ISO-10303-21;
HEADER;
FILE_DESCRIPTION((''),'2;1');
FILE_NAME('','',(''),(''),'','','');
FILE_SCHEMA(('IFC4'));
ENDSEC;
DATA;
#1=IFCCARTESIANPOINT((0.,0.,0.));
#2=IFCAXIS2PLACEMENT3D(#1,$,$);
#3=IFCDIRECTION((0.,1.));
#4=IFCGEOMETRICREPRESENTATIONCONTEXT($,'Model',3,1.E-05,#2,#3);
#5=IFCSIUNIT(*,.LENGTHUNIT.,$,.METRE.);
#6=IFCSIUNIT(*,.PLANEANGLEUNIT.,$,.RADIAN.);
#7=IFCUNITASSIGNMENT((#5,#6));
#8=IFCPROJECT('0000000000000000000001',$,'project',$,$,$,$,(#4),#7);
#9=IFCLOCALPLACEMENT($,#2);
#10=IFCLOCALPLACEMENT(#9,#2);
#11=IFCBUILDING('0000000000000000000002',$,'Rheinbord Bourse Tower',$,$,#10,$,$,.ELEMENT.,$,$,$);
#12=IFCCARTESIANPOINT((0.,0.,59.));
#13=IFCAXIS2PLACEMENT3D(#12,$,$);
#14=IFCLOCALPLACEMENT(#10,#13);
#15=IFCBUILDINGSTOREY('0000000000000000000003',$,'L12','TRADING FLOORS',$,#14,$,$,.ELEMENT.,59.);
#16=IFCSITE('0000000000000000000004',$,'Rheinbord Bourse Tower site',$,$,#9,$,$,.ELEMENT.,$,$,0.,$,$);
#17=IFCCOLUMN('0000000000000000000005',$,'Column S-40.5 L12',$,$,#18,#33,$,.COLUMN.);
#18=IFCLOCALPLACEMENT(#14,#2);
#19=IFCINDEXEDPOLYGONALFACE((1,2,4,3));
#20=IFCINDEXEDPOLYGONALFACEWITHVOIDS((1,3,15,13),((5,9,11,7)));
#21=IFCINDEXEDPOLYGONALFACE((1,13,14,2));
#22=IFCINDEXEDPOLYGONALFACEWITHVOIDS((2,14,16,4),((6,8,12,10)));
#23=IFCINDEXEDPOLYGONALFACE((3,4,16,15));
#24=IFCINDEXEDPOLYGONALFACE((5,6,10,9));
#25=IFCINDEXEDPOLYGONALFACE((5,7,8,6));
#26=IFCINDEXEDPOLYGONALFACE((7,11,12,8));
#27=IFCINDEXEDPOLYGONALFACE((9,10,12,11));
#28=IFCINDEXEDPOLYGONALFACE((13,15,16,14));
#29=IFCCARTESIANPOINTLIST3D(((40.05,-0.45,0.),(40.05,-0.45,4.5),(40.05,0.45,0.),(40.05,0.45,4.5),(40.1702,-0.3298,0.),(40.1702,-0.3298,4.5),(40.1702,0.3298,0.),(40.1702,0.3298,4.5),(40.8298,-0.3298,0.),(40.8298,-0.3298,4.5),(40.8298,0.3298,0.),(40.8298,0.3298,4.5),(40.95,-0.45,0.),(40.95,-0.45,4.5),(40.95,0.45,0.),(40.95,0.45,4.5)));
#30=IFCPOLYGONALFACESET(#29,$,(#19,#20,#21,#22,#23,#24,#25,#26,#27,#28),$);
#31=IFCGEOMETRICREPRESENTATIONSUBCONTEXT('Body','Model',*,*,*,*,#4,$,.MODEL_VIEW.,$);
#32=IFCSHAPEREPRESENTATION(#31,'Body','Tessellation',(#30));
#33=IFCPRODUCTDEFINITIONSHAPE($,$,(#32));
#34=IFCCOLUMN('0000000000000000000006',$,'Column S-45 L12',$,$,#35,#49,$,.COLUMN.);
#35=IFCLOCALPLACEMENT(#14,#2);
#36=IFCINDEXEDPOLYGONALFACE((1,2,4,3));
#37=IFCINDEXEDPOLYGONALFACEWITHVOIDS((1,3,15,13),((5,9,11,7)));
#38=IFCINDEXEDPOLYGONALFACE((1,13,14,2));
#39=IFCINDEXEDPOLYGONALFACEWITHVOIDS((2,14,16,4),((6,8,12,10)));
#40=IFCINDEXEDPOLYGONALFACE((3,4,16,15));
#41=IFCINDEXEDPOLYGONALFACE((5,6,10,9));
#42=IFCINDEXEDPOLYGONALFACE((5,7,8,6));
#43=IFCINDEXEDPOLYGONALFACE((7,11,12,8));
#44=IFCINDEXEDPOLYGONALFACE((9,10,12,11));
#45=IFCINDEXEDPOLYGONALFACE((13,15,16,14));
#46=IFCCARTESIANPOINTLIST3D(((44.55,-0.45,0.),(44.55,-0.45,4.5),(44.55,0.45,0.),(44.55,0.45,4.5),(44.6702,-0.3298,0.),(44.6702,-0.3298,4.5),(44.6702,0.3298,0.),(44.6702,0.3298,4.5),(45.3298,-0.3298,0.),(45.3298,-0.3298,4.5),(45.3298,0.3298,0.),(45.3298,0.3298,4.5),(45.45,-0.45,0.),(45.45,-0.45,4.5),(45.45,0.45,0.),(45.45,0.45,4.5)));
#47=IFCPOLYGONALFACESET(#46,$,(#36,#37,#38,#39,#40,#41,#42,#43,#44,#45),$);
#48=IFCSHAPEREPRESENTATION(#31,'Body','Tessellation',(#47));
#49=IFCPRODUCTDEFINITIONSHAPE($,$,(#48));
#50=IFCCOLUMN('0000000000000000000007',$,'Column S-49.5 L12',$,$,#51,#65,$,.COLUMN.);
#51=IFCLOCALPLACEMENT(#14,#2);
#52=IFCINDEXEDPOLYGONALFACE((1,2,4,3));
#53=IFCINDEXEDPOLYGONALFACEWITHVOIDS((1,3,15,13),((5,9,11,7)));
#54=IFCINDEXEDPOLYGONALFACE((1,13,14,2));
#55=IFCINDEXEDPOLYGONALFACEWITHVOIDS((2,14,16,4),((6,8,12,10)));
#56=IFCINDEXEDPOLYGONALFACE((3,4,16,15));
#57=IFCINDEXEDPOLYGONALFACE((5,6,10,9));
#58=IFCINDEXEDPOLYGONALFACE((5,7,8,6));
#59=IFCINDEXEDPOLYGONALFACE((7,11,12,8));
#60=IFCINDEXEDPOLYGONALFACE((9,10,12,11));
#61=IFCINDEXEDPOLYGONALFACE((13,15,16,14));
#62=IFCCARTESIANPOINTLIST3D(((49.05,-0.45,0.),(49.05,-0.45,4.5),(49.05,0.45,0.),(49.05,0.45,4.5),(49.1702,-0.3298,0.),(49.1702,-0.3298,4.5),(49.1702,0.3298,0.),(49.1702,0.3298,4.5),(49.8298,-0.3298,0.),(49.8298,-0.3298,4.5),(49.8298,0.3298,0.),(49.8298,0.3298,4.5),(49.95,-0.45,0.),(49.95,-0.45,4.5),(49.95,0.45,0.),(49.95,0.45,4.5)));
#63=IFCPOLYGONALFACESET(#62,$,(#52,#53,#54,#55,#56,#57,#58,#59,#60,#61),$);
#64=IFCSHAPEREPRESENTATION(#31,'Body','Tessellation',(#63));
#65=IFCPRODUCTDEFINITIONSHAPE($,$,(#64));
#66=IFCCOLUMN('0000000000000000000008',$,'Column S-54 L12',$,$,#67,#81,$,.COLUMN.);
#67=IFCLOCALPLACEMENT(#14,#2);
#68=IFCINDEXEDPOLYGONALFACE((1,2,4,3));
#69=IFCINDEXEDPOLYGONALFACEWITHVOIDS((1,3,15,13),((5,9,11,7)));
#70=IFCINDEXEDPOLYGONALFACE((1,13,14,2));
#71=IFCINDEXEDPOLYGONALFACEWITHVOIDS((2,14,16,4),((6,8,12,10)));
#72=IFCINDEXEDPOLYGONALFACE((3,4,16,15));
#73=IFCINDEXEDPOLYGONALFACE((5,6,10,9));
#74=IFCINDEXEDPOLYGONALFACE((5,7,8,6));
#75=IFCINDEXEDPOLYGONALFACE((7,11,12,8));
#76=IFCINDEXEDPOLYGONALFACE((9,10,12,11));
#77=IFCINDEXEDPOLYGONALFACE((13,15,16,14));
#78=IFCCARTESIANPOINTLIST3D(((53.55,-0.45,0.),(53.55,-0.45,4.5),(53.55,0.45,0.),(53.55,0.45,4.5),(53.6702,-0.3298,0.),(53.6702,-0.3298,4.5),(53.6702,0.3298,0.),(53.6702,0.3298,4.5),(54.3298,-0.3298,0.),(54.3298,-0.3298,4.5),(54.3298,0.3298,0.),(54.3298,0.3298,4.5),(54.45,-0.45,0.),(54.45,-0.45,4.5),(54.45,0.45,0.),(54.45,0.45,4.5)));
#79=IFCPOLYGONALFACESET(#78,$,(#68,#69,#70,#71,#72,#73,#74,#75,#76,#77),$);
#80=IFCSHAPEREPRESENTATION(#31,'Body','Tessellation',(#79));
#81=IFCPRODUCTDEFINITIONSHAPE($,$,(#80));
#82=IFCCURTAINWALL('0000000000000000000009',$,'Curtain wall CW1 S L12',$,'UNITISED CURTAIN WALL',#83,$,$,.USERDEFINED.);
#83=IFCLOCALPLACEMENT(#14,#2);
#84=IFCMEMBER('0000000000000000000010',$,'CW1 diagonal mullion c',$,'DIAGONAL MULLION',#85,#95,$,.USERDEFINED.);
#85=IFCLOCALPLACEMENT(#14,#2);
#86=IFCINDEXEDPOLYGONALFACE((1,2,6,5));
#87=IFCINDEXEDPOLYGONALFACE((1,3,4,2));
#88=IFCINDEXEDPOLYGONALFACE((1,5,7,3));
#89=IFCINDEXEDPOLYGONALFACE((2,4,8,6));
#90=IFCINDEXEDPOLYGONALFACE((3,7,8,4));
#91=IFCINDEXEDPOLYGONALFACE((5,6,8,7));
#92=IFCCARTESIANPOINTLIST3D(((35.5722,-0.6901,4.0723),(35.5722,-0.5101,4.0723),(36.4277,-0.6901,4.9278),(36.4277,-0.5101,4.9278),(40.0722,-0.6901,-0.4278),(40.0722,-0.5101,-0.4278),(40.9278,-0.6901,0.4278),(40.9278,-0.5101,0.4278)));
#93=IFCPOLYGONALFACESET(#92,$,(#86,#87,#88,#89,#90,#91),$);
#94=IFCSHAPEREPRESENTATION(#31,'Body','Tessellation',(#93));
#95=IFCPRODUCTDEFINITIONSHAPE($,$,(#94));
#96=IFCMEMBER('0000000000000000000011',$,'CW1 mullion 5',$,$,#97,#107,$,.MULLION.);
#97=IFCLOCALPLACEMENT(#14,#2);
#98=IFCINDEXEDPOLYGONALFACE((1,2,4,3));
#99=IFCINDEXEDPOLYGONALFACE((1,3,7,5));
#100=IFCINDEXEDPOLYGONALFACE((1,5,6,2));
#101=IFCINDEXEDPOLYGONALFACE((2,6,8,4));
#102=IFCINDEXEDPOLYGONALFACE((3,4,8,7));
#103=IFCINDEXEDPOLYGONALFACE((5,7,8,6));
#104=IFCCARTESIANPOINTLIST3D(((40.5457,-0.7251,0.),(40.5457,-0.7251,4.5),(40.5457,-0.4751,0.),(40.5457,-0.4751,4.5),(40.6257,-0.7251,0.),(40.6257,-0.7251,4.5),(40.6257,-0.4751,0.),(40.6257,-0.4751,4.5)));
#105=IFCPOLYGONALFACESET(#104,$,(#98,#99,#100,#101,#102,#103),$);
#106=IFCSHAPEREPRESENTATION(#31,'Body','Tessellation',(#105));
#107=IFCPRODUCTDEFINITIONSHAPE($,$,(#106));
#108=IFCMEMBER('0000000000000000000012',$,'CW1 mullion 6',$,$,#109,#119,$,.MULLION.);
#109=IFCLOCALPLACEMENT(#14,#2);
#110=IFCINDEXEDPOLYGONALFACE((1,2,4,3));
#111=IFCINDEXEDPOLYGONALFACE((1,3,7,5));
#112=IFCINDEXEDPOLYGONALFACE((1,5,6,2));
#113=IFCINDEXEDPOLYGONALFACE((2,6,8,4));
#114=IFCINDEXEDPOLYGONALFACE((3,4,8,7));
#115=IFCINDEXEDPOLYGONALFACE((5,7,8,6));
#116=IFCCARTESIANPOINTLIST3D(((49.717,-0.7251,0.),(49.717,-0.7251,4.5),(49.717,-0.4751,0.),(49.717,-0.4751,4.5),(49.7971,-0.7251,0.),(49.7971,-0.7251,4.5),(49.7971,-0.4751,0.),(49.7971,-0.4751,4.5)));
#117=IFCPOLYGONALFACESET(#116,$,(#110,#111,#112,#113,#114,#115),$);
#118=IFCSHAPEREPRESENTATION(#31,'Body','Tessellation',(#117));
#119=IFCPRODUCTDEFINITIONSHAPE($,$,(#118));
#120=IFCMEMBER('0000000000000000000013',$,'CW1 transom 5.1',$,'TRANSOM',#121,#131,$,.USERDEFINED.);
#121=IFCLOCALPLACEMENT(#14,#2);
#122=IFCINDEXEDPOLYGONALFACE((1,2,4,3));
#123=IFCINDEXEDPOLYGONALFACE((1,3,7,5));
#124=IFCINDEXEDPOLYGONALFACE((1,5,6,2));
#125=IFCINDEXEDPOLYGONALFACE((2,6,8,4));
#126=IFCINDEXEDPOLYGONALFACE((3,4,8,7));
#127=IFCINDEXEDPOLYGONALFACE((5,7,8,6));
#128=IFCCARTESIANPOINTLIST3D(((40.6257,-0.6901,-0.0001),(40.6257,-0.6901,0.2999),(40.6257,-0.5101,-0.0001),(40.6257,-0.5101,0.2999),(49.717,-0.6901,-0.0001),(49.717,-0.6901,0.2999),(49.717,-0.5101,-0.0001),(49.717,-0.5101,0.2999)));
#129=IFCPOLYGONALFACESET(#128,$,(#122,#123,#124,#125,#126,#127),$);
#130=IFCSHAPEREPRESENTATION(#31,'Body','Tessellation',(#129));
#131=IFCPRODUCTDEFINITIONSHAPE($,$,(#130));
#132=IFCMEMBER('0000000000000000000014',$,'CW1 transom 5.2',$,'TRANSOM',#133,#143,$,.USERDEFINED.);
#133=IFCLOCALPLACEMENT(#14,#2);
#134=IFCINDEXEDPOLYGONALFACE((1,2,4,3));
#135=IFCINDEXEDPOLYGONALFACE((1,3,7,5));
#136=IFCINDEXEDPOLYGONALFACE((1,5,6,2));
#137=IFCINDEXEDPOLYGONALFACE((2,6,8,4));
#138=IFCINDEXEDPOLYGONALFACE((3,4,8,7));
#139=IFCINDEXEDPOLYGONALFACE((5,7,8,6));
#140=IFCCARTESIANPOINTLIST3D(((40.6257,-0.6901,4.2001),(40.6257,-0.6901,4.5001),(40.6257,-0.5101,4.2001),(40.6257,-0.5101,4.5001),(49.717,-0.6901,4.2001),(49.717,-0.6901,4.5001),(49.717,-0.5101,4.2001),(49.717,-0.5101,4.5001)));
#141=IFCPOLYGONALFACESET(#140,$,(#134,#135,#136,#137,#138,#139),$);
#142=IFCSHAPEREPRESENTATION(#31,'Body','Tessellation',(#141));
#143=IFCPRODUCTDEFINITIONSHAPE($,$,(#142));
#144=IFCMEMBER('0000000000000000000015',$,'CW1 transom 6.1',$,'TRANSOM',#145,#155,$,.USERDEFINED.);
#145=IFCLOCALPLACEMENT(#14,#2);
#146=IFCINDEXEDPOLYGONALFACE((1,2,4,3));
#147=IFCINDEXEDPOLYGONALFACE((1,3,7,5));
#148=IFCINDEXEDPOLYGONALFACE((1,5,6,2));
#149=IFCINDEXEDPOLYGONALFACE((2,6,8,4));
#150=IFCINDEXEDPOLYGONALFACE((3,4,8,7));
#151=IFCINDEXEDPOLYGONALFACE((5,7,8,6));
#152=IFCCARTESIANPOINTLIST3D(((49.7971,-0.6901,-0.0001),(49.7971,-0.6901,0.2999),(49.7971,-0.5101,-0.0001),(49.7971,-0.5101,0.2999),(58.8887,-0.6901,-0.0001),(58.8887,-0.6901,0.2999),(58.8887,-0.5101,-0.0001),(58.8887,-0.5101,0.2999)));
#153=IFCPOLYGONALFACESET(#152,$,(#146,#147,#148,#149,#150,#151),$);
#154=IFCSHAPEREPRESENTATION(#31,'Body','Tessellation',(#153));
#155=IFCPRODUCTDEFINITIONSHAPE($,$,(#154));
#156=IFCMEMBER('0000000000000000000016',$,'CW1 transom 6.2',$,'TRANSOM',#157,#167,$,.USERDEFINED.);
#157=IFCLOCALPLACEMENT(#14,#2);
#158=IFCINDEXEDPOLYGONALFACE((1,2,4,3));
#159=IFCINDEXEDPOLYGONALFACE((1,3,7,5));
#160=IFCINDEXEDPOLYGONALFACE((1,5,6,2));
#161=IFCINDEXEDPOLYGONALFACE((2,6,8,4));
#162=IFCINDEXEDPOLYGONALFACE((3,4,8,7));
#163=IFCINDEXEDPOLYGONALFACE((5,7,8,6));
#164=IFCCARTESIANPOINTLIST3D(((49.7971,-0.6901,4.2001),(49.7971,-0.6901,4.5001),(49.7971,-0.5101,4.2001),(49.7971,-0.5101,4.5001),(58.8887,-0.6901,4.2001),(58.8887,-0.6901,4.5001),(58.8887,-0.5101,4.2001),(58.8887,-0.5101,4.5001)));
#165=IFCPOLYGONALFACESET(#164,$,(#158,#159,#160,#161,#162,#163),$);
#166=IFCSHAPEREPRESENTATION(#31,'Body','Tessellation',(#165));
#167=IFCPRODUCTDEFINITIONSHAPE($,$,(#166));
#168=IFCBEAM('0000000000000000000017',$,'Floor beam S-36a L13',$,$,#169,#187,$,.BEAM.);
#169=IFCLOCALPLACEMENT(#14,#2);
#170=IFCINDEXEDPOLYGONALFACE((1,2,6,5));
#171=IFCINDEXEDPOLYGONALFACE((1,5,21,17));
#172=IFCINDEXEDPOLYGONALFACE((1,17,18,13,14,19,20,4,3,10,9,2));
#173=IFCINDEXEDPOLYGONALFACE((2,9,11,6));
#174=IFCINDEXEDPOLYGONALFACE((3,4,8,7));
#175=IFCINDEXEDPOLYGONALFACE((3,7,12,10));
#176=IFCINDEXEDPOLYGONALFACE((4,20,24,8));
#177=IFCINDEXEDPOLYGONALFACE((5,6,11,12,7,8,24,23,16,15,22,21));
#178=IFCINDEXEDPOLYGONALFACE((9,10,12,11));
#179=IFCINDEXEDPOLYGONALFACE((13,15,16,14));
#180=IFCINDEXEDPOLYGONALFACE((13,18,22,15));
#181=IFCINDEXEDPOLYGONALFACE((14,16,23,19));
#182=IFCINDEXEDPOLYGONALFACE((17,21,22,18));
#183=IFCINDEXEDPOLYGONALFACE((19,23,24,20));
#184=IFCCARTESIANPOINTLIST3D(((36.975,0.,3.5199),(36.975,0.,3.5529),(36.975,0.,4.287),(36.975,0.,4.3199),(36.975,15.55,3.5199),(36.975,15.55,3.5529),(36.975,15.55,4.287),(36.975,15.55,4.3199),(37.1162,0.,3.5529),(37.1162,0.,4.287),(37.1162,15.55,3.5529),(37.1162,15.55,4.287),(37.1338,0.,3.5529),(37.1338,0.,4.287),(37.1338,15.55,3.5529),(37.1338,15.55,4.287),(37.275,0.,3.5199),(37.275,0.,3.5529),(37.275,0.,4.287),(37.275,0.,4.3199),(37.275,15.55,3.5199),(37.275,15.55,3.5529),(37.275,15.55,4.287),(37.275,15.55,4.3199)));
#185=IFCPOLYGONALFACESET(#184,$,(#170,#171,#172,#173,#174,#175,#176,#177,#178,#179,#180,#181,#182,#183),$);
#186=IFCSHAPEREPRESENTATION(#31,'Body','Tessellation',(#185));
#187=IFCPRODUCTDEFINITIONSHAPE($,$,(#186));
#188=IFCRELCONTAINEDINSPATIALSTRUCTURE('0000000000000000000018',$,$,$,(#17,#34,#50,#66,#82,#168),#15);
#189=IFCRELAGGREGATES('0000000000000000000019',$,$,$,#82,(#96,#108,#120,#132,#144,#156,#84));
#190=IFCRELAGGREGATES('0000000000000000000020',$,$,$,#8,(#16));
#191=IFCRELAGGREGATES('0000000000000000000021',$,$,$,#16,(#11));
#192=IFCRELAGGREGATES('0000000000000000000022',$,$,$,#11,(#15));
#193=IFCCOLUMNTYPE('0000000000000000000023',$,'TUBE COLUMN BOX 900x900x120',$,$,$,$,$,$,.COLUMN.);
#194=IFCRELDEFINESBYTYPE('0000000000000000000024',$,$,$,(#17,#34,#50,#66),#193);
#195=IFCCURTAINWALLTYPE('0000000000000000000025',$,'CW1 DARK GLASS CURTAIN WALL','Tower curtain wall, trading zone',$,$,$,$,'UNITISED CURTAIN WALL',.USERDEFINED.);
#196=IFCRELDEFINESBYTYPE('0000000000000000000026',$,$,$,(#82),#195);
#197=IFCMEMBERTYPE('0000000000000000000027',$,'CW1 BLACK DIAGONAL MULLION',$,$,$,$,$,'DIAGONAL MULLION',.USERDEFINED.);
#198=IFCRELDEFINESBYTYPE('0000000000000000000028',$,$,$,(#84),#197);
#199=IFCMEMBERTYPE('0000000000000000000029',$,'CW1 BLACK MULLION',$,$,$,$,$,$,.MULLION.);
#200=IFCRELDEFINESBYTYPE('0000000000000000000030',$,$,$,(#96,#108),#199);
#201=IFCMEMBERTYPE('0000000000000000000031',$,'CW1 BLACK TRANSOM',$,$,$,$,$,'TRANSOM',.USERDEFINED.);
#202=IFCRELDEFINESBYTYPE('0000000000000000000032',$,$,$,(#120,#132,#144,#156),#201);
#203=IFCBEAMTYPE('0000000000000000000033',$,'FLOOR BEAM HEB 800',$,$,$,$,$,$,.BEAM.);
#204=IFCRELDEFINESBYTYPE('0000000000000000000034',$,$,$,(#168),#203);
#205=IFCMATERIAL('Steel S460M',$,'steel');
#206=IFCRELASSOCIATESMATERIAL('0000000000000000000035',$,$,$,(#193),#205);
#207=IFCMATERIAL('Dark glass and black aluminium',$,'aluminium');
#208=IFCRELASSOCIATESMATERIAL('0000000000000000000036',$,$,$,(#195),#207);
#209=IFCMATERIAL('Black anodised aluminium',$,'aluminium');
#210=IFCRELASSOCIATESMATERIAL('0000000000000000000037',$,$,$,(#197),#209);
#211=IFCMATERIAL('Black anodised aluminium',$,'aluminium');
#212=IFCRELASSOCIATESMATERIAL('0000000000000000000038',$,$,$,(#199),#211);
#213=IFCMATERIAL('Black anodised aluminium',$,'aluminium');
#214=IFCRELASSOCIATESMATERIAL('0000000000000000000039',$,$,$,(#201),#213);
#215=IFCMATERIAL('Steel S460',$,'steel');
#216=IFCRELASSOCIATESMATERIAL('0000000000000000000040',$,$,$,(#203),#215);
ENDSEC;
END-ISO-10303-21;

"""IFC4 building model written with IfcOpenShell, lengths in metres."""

from ifc_helpers import new_model, si_unit, direction, frame, origin, origin_2d, place, context, subcontext, project, spatial, rectangle, hollow_rectangle, i_section, extrude, material, material_profile, profile_set, type_object, element, aggregate, save


model = new_model("IFC4")

# Units and contexts
model_context = context("Model", 3, precision=1e-05, world=origin(), true_north=direction((0.0, 1.0)))
body_context = subcontext(model_context, "Body", "Model", "MODEL_VIEW")
ifc_project = project(units=[si_unit("LENGTHUNIT", "METRE"), si_unit("PLANEANGLEUNIT", "RADIAN")], contexts=[model_context])

# Site, building, storey
site_placement = place(None, origin())
site = spatial("IfcSite", under=ifc_project, at=site_placement, Name="Rheinbord Bourse Tower site", CompositionType="ELEMENT", RefElevation=0.0)
building_placement = place(site_placement, origin())
building = spatial("IfcBuilding", under=site, at=building_placement, Name="Rheinbord Bourse Tower", CompositionType="ELEMENT")
storey_placement = place(building_placement, frame((0.0, 0.0, 59.0)))
storey = spatial("IfcBuildingStorey", under=building, at=storey_placement, Name="L12", Description="TRADING FLOORS", CompositionType="ELEMENT", Elevation=59.0)

# Columns
ifc_material_1 = material(Name="Steel S460M", Category="steel")
ifc_material_profile_1 = material_profile(ifc_material_1, hollow_rectangle(XDim=0.8999, YDim=0.8999, WallThickness=0.1201, at=origin_2d()), Name="BOX 900x900x120")
ifc_profile_set_1 = profile_set([ifc_material_profile_1], Name="Steel S460M")
column_type = type_object("IfcColumnType", Name="TUBE COLUMN BOX 900x900x120", PredefinedType="COLUMN", material=ifc_profile_set_1)
for number, where, z_axis, x_axis, name in (
    (1, (40.5, 0.0, 0.0), (0.0, 0.0, 1.0), (0.0, 1.0, 0.0), "Column S-40.5 L12"),
    (2, (45.0, 0.0, 0.0), (0.0, 0.0, 1.0), (0.0, 1.0, 0.0), "Column S-45 L12"),
    (3, (49.5, 0.0, 0.0), (0.0, 0.0, 1.0), (0.0, 1.0, 0.0), "Column S-49.5 L12"),
    (4, (54.0, 0.0, 0.0), (0.0, 0.0, 1.0), (0.0, 1.0, 0.0), "Column S-54 L12"),
):
    element("IfcColumn", number, at=place(storey_placement, frame(where, z_axis=z_axis, x_axis=x_axis)), inside=storey, type_object=column_type, Name=name, PredefinedType="COLUMN", context=body_context, shape_type="SweptSolid", body=[
        extrude(hollow_rectangle(XDim=0.8999, YDim=0.8999, WallThickness=0.1201, at=origin_2d()), origin(), (0.0, 0.0, 1.0), 4.5),
    ])

# Curtain wall, members
ifc_material_2 = material(Name="Dark glass and black aluminium", Category="aluminium")
curtain_wall_type = type_object("IfcCurtainWallType", Name="CW1 DARK GLASS CURTAIN WALL", Description="Tower curtain wall, trading zone", ElementType="UNITISED CURTAIN WALL", PredefinedType="USERDEFINED", material=ifc_material_2)
curtain_wall_placement = place(storey_placement, origin())
curtain_wall = element("IfcCurtainWall", 5, at=curtain_wall_placement, inside=storey, type_object=curtain_wall_type, Name="Curtain wall CW1 S L12", ObjectType="UNITISED CURTAIN WALL", PredefinedType="USERDEFINED")
ifc_material_3 = material(Name="Black anodised aluminium", Category="aluminium")
ifc_material_profile_2 = material_profile(ifc_material_3, rectangle(XDim=0.1799, YDim=1.21, at=origin_2d()), Name="CW1 DIAGONAL MULLION 1210x180")
ifc_profile_set_2 = profile_set([ifc_material_profile_2], Name="Black anodised aluminium")
member_type_1 = type_object("IfcMemberType", Name="CW1 BLACK DIAGONAL MULLION", ElementType="DIAGONAL MULLION", PredefinedType="USERDEFINED", material=ifc_profile_set_2)
member_1_placement = place(storey_placement, frame((40.5, -0.6001, 0.0), z_axis=(-0.707107, 0.0, 0.707107), x_axis=(0.0, -1.0, 0.0)))
member_1 = element("IfcMember", 6, at=member_1_placement, type_object=member_type_1, Name="CW1 diagonal mullion c", ObjectType="DIAGONAL MULLION", PredefinedType="USERDEFINED", context=body_context, shape_type="SweptSolid", body=[
    extrude(rectangle(XDim=0.1799, YDim=1.21, at=origin_2d()), origin(), (0.0, 0.0, 1.0), 6.364),
])
ifc_material_4 = material(Name="Black anodised aluminium", Category="aluminium")
ifc_material_profile_3 = material_profile(ifc_material_4, rectangle(XDim=0.25, YDim=0.0801, at=origin_2d()), Name="CW1 MULLION 80x250")
ifc_profile_set_3 = profile_set([ifc_material_profile_3], Name="Black anodised aluminium")
member_type_2 = type_object("IfcMemberType", Name="CW1 BLACK MULLION", PredefinedType="MULLION", material=ifc_profile_set_3)
member_2_placement = place(storey_placement, frame((40.5857, -0.6001, 0.0), z_axis=(0.0, 0.0, 1.0), x_axis=(0.0, 1.0, 0.0)))
member_2 = element("IfcMember", 7, at=member_2_placement, type_object=member_type_2, Name="CW1 mullion 5", PredefinedType="MULLION", context=body_context, shape_type="SweptSolid", body=[
    extrude(rectangle(XDim=0.25, YDim=0.0801, at=origin_2d()), origin(), (0.0, 0.0, 1.0), 4.5),
])
member_3_placement = place(storey_placement, frame((49.7571, -0.6001, 0.0), z_axis=(0.0, 0.0, 1.0), x_axis=(0.0, 1.0, 0.0)))
member_3 = element("IfcMember", 8, at=member_3_placement, type_object=member_type_2, Name="CW1 mullion 6", PredefinedType="MULLION", context=body_context, shape_type="SweptSolid", body=[
    extrude(rectangle(XDim=0.25, YDim=0.0801, at=origin_2d()), origin(), (0.0, 0.0, 1.0), 4.5),
])
ifc_material_5 = material(Name="Black anodised aluminium", Category="aluminium")
ifc_material_profile_4 = material_profile(ifc_material_5, rectangle(XDim=0.1799, YDim=0.3, at=origin_2d()), Name="CW1 TRANSOM 300x180")
ifc_profile_set_4 = profile_set([ifc_material_profile_4], Name="Black anodised aluminium")
member_type_3 = type_object("IfcMemberType", Name="CW1 BLACK TRANSOM", ElementType="TRANSOM", PredefinedType="USERDEFINED", material=ifc_profile_set_4)
member_4_placement = place(storey_placement, frame((40.6257, -0.6001, 0.1499), z_axis=(1.0, 0.0, 0.0), x_axis=(0.0, 1.0, 0.0)))
member_4 = element("IfcMember", 9, at=member_4_placement, type_object=member_type_3, Name="CW1 transom 5.1", ObjectType="TRANSOM", PredefinedType="USERDEFINED", context=body_context, shape_type="SweptSolid", body=[
    extrude(rectangle(XDim=0.1799, YDim=0.3, at=origin_2d()), origin(), (0.0, 0.0, 1.0), 9.0913),
])
member_5_placement = place(storey_placement, frame((40.6257, -0.6001, 4.3501), z_axis=(1.0, 0.0, 0.0), x_axis=(0.0, 1.0, 0.0)))
member_5 = element("IfcMember", 10, at=member_5_placement, type_object=member_type_3, Name="CW1 transom 5.2", ObjectType="TRANSOM", PredefinedType="USERDEFINED", context=body_context, shape_type="SweptSolid", body=[
    extrude(rectangle(XDim=0.1799, YDim=0.3, at=origin_2d()), origin(), (0.0, 0.0, 1.0), 9.0913),
])
member_6_placement = place(storey_placement, frame((49.7971, -0.6001, 0.1499), z_axis=(1.0, 0.0, 0.0), x_axis=(0.0, 1.0, 0.0)))
member_6 = element("IfcMember", 11, at=member_6_placement, type_object=member_type_3, Name="CW1 transom 6.1", ObjectType="TRANSOM", PredefinedType="USERDEFINED", context=body_context, shape_type="SweptSolid", body=[
    extrude(rectangle(XDim=0.1799, YDim=0.3, at=origin_2d()), origin(), (0.0, 0.0, 1.0), 9.0916),
])
member_7_placement = place(storey_placement, frame((49.7971, -0.6001, 4.3501), z_axis=(1.0, 0.0, 0.0), x_axis=(0.0, 1.0, 0.0)))
member_7 = element("IfcMember", 12, at=member_7_placement, type_object=member_type_3, Name="CW1 transom 6.2", ObjectType="TRANSOM", PredefinedType="USERDEFINED", context=body_context, shape_type="SweptSolid", body=[
    extrude(rectangle(XDim=0.1799, YDim=0.3, at=origin_2d()), origin(), (0.0, 0.0, 1.0), 9.0916),
])

# Beam
ifc_material_6 = material(Name="Steel S460", Category="steel")
ifc_material_profile_5 = material_profile(ifc_material_6, i_section(OverallWidth=0.3, OverallDepth=0.8, WebThickness=0.0176, FlangeThickness=0.033, at=origin_2d()), Name="HEB 800")
ifc_profile_set_5 = profile_set([ifc_material_profile_5], Name="Steel S460")
beam_type_1 = type_object("IfcBeamType", Name="FLOOR BEAM HEB 800", PredefinedType="BEAM", material=ifc_profile_set_5)
for number, where, z_axis, x_axis, name in (
    (13, (37.125, 0.0, 3.9199), (0.0, 1.0, 0.0), (-1.0, 0.0, 0.0), "Floor beam S-36a L13"),
):
    element("IfcBeam", number, at=place(storey_placement, frame(where, z_axis=z_axis, x_axis=x_axis)), inside=storey, type_object=beam_type_1, Name=name, PredefinedType="BEAM", context=body_context, shape_type="SweptSolid", body=[
        extrude(i_section(OverallWidth=0.3, OverallDepth=0.8, WebThickness=0.0176, FlangeThickness=0.033, at=origin_2d()), origin(), (0.0, 0.0, 1.0), 15.55),
    ])

aggregate(curtain_wall, [member_2, member_3, member_4, member_5, member_6, member_7, member_1])

save(model, "model.ifc")
